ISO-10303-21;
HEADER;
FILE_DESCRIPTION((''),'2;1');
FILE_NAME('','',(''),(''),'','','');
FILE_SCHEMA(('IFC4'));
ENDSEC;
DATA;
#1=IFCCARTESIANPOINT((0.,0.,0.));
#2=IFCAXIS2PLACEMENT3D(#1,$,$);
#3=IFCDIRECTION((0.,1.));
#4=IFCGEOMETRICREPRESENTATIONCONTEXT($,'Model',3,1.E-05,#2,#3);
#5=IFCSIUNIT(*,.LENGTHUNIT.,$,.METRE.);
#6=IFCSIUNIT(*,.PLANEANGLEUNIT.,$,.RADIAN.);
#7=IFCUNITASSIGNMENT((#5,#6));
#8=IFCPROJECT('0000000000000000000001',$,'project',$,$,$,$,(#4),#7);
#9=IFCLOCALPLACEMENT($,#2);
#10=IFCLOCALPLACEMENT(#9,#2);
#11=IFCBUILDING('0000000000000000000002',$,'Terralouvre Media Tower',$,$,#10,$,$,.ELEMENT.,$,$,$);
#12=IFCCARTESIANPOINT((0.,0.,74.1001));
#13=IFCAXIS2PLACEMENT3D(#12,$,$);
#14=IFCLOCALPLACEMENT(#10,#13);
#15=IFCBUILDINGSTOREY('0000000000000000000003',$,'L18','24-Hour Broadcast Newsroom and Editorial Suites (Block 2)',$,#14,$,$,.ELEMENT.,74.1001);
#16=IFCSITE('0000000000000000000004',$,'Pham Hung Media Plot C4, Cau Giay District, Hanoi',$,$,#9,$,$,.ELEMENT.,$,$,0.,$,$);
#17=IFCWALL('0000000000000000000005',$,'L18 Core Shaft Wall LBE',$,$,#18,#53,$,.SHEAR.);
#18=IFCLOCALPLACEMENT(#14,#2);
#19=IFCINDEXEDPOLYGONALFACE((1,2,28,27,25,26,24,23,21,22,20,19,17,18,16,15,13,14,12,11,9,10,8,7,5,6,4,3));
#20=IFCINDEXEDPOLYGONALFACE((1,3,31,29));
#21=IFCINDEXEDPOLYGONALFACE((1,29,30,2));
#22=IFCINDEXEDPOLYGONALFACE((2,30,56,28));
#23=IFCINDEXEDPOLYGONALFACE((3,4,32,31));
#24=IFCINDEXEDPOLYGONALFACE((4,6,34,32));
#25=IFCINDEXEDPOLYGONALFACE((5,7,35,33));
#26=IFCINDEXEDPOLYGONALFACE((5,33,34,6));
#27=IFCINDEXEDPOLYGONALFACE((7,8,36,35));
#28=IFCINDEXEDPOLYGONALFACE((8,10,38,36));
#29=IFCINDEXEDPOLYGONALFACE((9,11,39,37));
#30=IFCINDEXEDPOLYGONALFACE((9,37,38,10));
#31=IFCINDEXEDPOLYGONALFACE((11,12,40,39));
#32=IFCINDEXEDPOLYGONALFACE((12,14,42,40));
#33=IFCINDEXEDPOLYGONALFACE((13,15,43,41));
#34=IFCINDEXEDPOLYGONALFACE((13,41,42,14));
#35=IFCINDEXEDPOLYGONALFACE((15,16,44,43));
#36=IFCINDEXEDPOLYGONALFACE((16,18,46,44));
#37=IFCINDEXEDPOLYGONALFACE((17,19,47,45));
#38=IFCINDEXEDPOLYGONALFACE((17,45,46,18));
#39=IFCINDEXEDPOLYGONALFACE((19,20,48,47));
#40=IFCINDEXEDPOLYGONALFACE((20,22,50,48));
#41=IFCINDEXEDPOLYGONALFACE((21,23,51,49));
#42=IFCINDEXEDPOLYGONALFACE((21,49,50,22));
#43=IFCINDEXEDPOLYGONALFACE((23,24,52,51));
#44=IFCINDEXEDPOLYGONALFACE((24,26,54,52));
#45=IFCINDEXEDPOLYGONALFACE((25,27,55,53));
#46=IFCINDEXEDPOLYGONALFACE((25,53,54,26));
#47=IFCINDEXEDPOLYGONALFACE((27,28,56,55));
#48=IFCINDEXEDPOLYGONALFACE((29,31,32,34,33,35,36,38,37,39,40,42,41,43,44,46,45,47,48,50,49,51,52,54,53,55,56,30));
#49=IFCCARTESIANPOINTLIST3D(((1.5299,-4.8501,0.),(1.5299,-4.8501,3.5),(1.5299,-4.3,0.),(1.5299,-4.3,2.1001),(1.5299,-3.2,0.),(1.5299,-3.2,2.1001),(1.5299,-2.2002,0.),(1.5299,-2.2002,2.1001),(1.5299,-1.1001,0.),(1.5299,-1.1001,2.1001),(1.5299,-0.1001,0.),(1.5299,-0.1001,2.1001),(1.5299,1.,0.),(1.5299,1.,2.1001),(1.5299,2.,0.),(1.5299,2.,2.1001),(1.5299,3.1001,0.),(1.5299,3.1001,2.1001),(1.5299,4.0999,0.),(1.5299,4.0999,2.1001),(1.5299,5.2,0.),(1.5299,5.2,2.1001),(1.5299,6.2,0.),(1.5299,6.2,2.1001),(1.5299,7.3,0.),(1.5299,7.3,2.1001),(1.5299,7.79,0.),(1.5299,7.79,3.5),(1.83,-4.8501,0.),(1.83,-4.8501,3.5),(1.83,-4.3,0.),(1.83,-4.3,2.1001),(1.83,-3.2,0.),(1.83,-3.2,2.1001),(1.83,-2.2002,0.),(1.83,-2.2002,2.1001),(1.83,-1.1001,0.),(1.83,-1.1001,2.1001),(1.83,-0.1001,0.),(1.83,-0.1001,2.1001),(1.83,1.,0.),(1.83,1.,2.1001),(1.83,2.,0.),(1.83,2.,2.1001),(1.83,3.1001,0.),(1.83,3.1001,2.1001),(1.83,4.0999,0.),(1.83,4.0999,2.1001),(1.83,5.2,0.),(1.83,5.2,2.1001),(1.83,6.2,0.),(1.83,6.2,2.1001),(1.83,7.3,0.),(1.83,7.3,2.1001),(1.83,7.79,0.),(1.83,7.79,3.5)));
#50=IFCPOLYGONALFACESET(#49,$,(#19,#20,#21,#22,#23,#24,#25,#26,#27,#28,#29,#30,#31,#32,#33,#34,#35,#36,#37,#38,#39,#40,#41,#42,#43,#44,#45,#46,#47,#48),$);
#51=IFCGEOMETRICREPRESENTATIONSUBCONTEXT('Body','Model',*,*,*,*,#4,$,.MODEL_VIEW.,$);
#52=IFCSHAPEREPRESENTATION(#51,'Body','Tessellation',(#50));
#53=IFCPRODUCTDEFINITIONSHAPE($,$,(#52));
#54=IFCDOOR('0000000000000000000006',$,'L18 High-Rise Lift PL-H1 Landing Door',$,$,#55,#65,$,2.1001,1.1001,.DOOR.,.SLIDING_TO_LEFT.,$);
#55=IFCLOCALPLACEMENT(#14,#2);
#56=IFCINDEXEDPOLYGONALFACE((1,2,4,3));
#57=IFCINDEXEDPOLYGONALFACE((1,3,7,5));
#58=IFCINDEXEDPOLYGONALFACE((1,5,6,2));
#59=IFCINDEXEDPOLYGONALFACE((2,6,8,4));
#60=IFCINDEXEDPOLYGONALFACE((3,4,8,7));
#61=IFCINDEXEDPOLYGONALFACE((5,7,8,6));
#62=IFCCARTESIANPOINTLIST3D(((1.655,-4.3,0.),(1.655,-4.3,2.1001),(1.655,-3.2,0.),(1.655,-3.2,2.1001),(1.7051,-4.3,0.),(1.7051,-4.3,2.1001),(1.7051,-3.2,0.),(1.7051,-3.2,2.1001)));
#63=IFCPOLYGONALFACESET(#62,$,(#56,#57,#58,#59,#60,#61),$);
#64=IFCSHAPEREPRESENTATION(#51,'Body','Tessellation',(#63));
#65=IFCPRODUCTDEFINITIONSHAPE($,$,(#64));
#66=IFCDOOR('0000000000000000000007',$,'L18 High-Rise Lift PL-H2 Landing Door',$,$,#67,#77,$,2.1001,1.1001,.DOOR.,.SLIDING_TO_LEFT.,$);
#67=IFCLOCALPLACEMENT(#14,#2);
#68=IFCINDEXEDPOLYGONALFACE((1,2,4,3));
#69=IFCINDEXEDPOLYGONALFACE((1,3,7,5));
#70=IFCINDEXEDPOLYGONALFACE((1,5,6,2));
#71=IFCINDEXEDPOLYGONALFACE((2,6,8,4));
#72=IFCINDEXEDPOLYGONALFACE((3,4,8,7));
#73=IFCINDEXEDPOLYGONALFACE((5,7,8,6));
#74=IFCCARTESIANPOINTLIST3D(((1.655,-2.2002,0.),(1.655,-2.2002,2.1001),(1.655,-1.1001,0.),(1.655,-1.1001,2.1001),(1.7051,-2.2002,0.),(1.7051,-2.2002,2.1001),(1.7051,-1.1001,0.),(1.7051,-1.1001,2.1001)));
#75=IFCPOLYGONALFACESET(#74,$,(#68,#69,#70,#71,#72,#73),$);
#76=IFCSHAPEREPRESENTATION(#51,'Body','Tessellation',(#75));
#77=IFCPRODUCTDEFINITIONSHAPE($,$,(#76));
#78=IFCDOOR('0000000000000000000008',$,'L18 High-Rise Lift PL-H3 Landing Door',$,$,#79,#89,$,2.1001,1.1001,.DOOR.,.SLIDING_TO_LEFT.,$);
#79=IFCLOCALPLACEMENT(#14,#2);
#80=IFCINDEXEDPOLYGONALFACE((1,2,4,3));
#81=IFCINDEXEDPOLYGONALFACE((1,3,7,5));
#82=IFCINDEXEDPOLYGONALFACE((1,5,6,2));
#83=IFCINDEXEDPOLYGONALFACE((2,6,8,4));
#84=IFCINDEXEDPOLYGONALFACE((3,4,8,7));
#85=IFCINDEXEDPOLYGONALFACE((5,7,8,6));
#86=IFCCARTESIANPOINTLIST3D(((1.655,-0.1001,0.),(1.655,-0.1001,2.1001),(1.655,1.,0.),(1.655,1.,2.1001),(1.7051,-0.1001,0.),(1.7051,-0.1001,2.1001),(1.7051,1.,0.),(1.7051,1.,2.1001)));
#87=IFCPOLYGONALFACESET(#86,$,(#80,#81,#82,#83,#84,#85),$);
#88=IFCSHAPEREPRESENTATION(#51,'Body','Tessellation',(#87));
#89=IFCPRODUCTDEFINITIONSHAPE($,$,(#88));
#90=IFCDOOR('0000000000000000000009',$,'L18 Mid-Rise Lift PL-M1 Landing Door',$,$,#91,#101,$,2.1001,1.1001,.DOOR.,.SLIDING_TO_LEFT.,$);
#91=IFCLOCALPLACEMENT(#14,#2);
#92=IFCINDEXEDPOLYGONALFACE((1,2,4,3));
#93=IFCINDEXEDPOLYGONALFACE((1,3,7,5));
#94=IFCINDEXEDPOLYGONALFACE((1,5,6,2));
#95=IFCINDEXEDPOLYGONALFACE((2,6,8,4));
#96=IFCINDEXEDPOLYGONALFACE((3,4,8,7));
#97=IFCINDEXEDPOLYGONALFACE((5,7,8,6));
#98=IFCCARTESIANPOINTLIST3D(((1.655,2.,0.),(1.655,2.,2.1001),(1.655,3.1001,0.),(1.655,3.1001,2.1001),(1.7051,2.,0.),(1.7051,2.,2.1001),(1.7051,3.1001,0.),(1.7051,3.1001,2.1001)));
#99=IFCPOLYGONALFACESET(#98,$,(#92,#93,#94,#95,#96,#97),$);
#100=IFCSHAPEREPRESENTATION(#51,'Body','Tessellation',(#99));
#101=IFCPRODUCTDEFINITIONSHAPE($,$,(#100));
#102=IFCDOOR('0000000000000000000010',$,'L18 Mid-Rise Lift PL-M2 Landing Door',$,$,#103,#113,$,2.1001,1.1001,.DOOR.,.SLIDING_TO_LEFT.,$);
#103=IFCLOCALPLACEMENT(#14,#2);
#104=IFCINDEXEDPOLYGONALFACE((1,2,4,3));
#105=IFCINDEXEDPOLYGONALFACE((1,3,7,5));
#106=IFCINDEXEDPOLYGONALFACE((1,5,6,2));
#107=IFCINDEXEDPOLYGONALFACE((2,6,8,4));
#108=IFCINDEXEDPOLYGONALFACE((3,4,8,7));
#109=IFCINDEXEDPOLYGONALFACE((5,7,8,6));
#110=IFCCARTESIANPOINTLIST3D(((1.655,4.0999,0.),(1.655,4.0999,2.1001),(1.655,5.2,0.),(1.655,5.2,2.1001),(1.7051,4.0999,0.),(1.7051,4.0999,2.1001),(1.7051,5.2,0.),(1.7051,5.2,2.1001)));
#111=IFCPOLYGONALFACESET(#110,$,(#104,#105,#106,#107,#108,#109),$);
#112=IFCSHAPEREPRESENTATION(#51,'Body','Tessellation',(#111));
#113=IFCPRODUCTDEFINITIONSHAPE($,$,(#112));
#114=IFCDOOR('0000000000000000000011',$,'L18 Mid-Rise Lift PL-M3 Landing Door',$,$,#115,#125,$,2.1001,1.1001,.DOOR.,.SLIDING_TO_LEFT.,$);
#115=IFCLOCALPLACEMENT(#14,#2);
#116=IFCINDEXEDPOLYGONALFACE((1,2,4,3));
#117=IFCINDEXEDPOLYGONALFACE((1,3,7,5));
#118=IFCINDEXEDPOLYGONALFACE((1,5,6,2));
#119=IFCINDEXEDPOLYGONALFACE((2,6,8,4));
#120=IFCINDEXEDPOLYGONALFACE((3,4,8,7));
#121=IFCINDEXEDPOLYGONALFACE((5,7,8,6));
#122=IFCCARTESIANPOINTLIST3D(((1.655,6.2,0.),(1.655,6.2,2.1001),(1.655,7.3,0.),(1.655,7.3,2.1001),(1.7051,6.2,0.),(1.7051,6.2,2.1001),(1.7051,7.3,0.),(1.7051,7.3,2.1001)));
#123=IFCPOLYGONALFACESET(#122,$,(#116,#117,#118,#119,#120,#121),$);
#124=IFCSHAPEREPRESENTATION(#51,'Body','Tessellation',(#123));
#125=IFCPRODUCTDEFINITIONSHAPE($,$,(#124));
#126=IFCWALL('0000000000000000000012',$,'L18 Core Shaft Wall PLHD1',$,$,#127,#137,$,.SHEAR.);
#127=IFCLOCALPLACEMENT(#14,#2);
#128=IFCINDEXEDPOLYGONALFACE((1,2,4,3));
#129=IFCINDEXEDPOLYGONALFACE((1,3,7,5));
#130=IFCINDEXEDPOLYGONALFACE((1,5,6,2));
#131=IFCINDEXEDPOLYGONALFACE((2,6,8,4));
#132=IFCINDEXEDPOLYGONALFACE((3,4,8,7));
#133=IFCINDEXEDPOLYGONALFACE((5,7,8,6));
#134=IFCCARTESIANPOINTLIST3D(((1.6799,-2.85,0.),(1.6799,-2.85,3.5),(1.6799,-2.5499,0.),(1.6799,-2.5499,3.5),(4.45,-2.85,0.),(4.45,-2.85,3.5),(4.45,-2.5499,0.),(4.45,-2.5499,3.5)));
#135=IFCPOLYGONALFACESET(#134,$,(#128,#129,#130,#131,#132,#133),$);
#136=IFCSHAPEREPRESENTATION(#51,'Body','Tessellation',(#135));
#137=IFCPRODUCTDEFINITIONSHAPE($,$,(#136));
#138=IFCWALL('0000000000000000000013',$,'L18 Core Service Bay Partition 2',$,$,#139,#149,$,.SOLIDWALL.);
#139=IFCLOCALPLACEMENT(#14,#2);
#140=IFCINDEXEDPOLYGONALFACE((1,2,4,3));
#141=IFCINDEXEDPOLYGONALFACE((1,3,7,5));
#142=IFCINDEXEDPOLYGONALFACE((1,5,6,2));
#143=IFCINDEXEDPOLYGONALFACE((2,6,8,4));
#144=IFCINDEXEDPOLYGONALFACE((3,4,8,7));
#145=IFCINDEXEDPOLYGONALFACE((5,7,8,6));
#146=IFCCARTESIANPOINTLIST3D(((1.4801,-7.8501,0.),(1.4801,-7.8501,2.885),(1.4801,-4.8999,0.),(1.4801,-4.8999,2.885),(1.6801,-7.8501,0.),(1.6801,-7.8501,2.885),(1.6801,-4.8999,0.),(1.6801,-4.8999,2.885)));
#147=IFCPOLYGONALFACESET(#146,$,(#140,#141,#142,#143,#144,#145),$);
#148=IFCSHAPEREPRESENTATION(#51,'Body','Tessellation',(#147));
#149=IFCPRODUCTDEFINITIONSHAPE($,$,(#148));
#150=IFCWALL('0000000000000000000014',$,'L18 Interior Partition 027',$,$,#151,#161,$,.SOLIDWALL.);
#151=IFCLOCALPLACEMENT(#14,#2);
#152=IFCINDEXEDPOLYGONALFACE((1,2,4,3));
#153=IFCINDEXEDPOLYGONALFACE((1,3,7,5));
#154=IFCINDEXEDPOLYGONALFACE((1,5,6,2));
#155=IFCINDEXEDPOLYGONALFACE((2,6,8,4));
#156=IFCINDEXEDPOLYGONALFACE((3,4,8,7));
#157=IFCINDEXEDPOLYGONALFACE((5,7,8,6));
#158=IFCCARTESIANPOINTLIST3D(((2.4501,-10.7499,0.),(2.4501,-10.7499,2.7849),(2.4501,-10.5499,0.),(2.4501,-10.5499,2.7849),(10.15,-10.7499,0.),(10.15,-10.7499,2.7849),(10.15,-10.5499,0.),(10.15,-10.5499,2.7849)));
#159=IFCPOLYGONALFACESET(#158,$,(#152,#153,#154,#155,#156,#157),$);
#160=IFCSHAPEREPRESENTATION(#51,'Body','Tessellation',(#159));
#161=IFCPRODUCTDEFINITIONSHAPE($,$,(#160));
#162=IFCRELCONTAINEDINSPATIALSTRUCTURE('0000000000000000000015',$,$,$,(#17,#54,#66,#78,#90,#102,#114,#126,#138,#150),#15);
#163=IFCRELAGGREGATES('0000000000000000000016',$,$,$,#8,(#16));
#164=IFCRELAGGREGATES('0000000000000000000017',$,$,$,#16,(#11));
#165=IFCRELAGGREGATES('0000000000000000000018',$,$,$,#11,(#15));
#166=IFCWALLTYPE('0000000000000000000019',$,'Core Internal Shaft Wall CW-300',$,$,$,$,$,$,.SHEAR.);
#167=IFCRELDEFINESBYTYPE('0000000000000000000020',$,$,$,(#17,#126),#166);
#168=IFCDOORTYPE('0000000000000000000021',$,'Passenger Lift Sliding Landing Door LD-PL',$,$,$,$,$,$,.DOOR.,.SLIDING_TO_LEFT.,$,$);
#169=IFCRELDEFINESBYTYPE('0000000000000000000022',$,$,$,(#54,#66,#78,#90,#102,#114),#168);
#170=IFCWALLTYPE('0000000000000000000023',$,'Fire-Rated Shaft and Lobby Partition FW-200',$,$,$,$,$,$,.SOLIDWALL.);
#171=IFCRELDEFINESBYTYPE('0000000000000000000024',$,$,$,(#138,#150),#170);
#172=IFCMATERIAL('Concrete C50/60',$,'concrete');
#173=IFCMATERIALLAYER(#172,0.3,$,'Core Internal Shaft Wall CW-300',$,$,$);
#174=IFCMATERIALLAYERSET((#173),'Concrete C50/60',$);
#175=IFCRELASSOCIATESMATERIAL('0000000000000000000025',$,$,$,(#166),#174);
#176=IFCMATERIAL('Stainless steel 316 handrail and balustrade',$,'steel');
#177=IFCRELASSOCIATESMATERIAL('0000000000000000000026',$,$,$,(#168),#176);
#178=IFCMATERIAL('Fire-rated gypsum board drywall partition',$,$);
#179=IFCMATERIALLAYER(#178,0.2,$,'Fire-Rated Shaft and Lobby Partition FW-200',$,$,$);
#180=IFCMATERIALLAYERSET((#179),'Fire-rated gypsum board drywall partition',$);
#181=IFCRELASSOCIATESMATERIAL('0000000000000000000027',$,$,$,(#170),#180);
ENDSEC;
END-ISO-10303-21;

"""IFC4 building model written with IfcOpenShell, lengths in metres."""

from ifc_helpers import new_model, si_unit, direction, frame, frame_2d, origin, place, context, subcontext, project, spatial, rectangle, extrude, material, layer, layer_set, type_object, element, fill, save


model = new_model("IFC4")

# Units and contexts
model_context = context("Model", 3, precision=1e-05, world=origin(), true_north=direction((0.0, 1.0)))
body_context = subcontext(model_context, "Body", "Model", "MODEL_VIEW")
ifc_project = project(units=[si_unit("LENGTHUNIT", "METRE"), si_unit("PLANEANGLEUNIT", "RADIAN")], contexts=[model_context])

# Site, building, storey
site_placement = place(None, origin())
site = spatial("IfcSite", under=ifc_project, at=site_placement, Name="Pham Hung Media Plot C4, Cau Giay District, Hanoi", CompositionType="ELEMENT", RefElevation=0.0)
building_placement = place(site_placement, origin())
building = spatial("IfcBuilding", under=site, at=building_placement, Name="Terralouvre Media Tower", CompositionType="ELEMENT")
storey_placement = place(building_placement, frame((0.0, 0.0, 74.1001)))
storey = spatial("IfcBuildingStorey", under=building, at=storey_placement, Name="L18", Description="24-Hour Broadcast Newsroom and Editorial Suites (Block 2)", CompositionType="ELEMENT", Elevation=74.1001)

# Shared definitions
ifc_material_1 = material(Name="Concrete C50/60", Category="concrete")
ifc_layer_1 = layer(ifc_material_1, 0.3, Name="Core Internal Shaft Wall CW-300")
ifc_layer_set_1 = layer_set([ifc_layer_1], Name="Concrete C50/60")
wall_type_1 = type_object("IfcWallType", Name="Core Internal Shaft Wall CW-300", PredefinedType="SHEAR", material=ifc_layer_set_1)

# Wall, openings, doors
wall_1_placement = place(storey_placement, frame((1.6799, -4.8501, 0.0), z_axis=(0.0, 0.0, 1.0), x_axis=(0.0, 1.0, 0.0)))
wall_1 = element("IfcWall", 1, at=wall_1_placement, inside=storey, type_object=wall_type_1, Name="L18 Core Shaft Wall LBE", PredefinedType="SHEAR", context=body_context, shape_type="SweptSolid", body=[
    extrude(rectangle(XDim=12.6401, YDim=0.3, at=frame_2d((6.3201, 0.0))), origin(), (0.0, 0.0, 1.0), 3.5),
])
opening_1_placement = place(wall_1_placement, frame((0.55, 0.0, 0.0)))
opening_1 = element("IfcOpeningElement", 2, at=opening_1_placement, cuts=wall_1, PredefinedType="OPENING", context=body_context, shape_type="SweptSolid", body=[
    extrude(rectangle(XDim=1.1001, YDim=2.1001, at=frame_2d((0.55, 1.05))), frame((0.0, 0.1599, 0.0), z_axis=(0.0, -1.0, 0.0), x_axis=(1.0, 0.0, 0.0)), (0.0, 0.0, 1.0), 0.3201),
])
opening_2_placement = place(wall_1_placement, frame((2.6499, 0.0, 0.0)))
opening_2 = element("IfcOpeningElement", 3, at=opening_2_placement, cuts=wall_1, PredefinedType="OPENING", context=body_context, shape_type="SweptSolid", body=[
    extrude(rectangle(XDim=1.1001, YDim=2.1001, at=frame_2d((0.55, 1.05))), frame((0.0, 0.1599, 0.0), z_axis=(0.0, -1.0, 0.0), x_axis=(1.0, 0.0, 0.0)), (0.0, 0.0, 1.0), 0.3201),
])
opening_3_placement = place(wall_1_placement, frame((4.75, 0.0, 0.0)))
opening_3 = element("IfcOpeningElement", 4, at=opening_3_placement, cuts=wall_1, PredefinedType="OPENING", context=body_context, shape_type="SweptSolid", body=[
    extrude(rectangle(XDim=1.1001, YDim=2.1001, at=frame_2d((0.55, 1.05))), frame((0.0, 0.1599, 0.0), z_axis=(0.0, -1.0, 0.0), x_axis=(1.0, 0.0, 0.0)), (0.0, 0.0, 1.0), 0.3201),
])
opening_4_placement = place(wall_1_placement, frame((6.8501, 0.0, 0.0)))
opening_4 = element("IfcOpeningElement", 5, at=opening_4_placement, cuts=wall_1, PredefinedType="OPENING", context=body_context, shape_type="SweptSolid", body=[
    extrude(rectangle(XDim=1.1001, YDim=2.1001, at=frame_2d((0.55, 1.05))), frame((0.0, 0.1599, 0.0), z_axis=(0.0, -1.0, 0.0), x_axis=(1.0, 0.0, 0.0)), (0.0, 0.0, 1.0), 0.3201),
])
opening_5_placement = place(wall_1_placement, frame((8.95, 0.0, 0.0)))
opening_5 = element("IfcOpeningElement", 6, at=opening_5_placement, cuts=wall_1, PredefinedType="OPENING", context=body_context, shape_type="SweptSolid", body=[
    extrude(rectangle(XDim=1.1001, YDim=2.1001, at=frame_2d((0.55, 1.05))), frame((0.0, 0.1599, 0.0), z_axis=(0.0, -1.0, 0.0), x_axis=(1.0, 0.0, 0.0)), (0.0, 0.0, 1.0), 0.3201),
])
opening_6_placement = place(wall_1_placement, frame((11.05, 0.0, 0.0)))
opening_6 = element("IfcOpeningElement", 7, at=opening_6_placement, cuts=wall_1, PredefinedType="OPENING", context=body_context, shape_type="SweptSolid", body=[
    extrude(rectangle(XDim=1.1001, YDim=2.1001, at=frame_2d((0.55, 1.05))), frame((0.0, 0.1599, 0.0), z_axis=(0.0, -1.0, 0.0), x_axis=(1.0, 0.0, 0.0)), (0.0, 0.0, 1.0), 0.3201),
])
ifc_material_2 = material(Name="Stainless steel 316 handrail and balustrade", Category="steel")
door_type_1 = type_object("IfcDoorType", Name="Passenger Lift Sliding Landing Door LD-PL", OperationType="SLIDING_TO_LEFT", PredefinedType="DOOR", material=ifc_material_2)
door_1_placement = place(opening_1_placement, origin())
door_1 = element("IfcDoor", 8, at=door_1_placement, inside=storey, type_object=door_type_1, Name="L18 High-Rise Lift PL-H1 Landing Door", OperationType="SLIDING_TO_LEFT", OverallHeight=2.1001, OverallWidth=1.1001, PredefinedType="DOOR", context=body_context, shape_type="SweptSolid", body=[
    extrude(rectangle(XDim=1.1001, YDim=2.1001, at=frame_2d((0.55, 1.05))), frame((0.0, 0.0249, 0.0), z_axis=(0.0, -1.0, 0.0), x_axis=(1.0, 0.0, 0.0)), (0.0, 0.0, 1.0), 0.05),
])
fill(opening_1, door_1)
door_2_placement = place(opening_2_placement, origin())
door_2 = element("IfcDoor", 9, at=door_2_placement, inside=storey, type_object=door_type_1, Name="L18 High-Rise Lift PL-H2 Landing Door", OperationType="SLIDING_TO_LEFT", OverallHeight=2.1001, OverallWidth=1.1001, PredefinedType="DOOR", context=body_context, shape_type="SweptSolid", body=[
    extrude(rectangle(XDim=1.1001, YDim=2.1001, at=frame_2d((0.55, 1.05))), frame((0.0, 0.0249, 0.0), z_axis=(0.0, -1.0, 0.0), x_axis=(1.0, 0.0, 0.0)), (0.0, 0.0, 1.0), 0.05),
])
fill(opening_2, door_2)
door_3_placement = place(opening_3_placement, origin())
door_3 = element("IfcDoor", 10, at=door_3_placement, inside=storey, type_object=door_type_1, Name="L18 High-Rise Lift PL-H3 Landing Door", OperationType="SLIDING_TO_LEFT", OverallHeight=2.1001, OverallWidth=1.1001, PredefinedType="DOOR", context=body_context, shape_type="SweptSolid", body=[
    extrude(rectangle(XDim=1.1001, YDim=2.1001, at=frame_2d((0.55, 1.05))), frame((0.0, 0.0249, 0.0), z_axis=(0.0, -1.0, 0.0), x_axis=(1.0, 0.0, 0.0)), (0.0, 0.0, 1.0), 0.05),
])
fill(opening_3, door_3)
door_4_placement = place(opening_4_placement, origin())
door_4 = element("IfcDoor", 11, at=door_4_placement, inside=storey, type_object=door_type_1, Name="L18 Mid-Rise Lift PL-M1 Landing Door", OperationType="SLIDING_TO_LEFT", OverallHeight=2.1001, OverallWidth=1.1001, PredefinedType="DOOR", context=body_context, shape_type="SweptSolid", body=[
    extrude(rectangle(XDim=1.1001, YDim=2.1001, at=frame_2d((0.55, 1.05))), frame((0.0, 0.0249, 0.0), z_axis=(0.0, -1.0, 0.0), x_axis=(1.0, 0.0, 0.0)), (0.0, 0.0, 1.0), 0.05),
])
fill(opening_4, door_4)
door_5_placement = place(opening_5_placement, origin())
door_5 = element("IfcDoor", 12, at=door_5_placement, inside=storey, type_object=door_type_1, Name="L18 Mid-Rise Lift PL-M2 Landing Door", OperationType="SLIDING_TO_LEFT", OverallHeight=2.1001, OverallWidth=1.1001, PredefinedType="DOOR", context=body_context, shape_type="SweptSolid", body=[
    extrude(rectangle(XDim=1.1001, YDim=2.1001, at=frame_2d((0.55, 1.05))), frame((0.0, 0.0249, 0.0), z_axis=(0.0, -1.0, 0.0), x_axis=(1.0, 0.0, 0.0)), (0.0, 0.0, 1.0), 0.05),
])
fill(opening_5, door_5)
door_6_placement = place(opening_6_placement, origin())
door_6 = element("IfcDoor", 13, at=door_6_placement, inside=storey, type_object=door_type_1, Name="L18 Mid-Rise Lift PL-M3 Landing Door", OperationType="SLIDING_TO_LEFT", OverallHeight=2.1001, OverallWidth=1.1001, PredefinedType="DOOR", context=body_context, shape_type="SweptSolid", body=[
    extrude(rectangle(XDim=1.1001, YDim=2.1001, at=frame_2d((0.55, 1.05))), frame((0.0, 0.0249, 0.0), z_axis=(0.0, -1.0, 0.0), x_axis=(1.0, 0.0, 0.0)), (0.0, 0.0, 1.0), 0.05),
])
fill(opening_6, door_6)

# Walls
wall_2_placement = place(storey_placement, frame((1.6799, -2.7, 0.0), z_axis=(0.0, 0.0, 1.0), x_axis=(1.0, 0.0, 0.0)))
element("IfcWall", 14, at=wall_2_placement, inside=storey, type_object=wall_type_1, Name="L18 Core Shaft Wall PLHD1", PredefinedType="SHEAR", context=body_context, shape_type="SweptSolid", body=[
    extrude(rectangle(XDim=2.77, YDim=0.3, at=frame_2d((1.385, 0.0))), origin(), (0.0, 0.0, 1.0), 3.5),
])
ifc_material_3 = material(Name="Fire-rated gypsum board drywall partition")
ifc_layer_2 = layer(ifc_material_3, 0.2, Name="Fire-Rated Shaft and Lobby Partition FW-200")
ifc_layer_set_2 = layer_set([ifc_layer_2], Name="Fire-rated gypsum board drywall partition")
wall_type_2 = type_object("IfcWallType", Name="Fire-Rated Shaft and Lobby Partition FW-200", PredefinedType="SOLIDWALL", material=ifc_layer_set_2)
wall_3_placement = place(storey_placement, frame((1.5801, -7.8501, 0.0), z_axis=(0.0, 0.0, 1.0), x_axis=(0.0, 1.0, 0.0)))
element("IfcWall", 15, at=wall_3_placement, inside=storey, type_object=wall_type_2, Name="L18 Core Service Bay Partition 2", PredefinedType="SOLIDWALL", context=body_context, shape_type="SweptSolid", body=[
    extrude(rectangle(XDim=2.9502, YDim=0.2, at=frame_2d((1.4751, 0.0))), origin(), (0.0, 0.0, 1.0), 2.885),
])
wall_4_placement = place(storey_placement, frame((2.45, -10.6499, 0.0), z_axis=(0.0, 0.0, 1.0), x_axis=(1.0, 0.0, 0.0)))
element("IfcWall", 16, at=wall_4_placement, inside=storey, type_object=wall_type_2, Name="L18 Interior Partition 027", PredefinedType="SOLIDWALL", context=body_context, shape_type="SweptSolid", body=[
    extrude(rectangle(XDim=7.7, YDim=0.2, at=frame_2d((3.8501, 0.0))), origin(), (0.0, 0.0, 1.0), 2.7849),
])

save(model, "model.ifc")
